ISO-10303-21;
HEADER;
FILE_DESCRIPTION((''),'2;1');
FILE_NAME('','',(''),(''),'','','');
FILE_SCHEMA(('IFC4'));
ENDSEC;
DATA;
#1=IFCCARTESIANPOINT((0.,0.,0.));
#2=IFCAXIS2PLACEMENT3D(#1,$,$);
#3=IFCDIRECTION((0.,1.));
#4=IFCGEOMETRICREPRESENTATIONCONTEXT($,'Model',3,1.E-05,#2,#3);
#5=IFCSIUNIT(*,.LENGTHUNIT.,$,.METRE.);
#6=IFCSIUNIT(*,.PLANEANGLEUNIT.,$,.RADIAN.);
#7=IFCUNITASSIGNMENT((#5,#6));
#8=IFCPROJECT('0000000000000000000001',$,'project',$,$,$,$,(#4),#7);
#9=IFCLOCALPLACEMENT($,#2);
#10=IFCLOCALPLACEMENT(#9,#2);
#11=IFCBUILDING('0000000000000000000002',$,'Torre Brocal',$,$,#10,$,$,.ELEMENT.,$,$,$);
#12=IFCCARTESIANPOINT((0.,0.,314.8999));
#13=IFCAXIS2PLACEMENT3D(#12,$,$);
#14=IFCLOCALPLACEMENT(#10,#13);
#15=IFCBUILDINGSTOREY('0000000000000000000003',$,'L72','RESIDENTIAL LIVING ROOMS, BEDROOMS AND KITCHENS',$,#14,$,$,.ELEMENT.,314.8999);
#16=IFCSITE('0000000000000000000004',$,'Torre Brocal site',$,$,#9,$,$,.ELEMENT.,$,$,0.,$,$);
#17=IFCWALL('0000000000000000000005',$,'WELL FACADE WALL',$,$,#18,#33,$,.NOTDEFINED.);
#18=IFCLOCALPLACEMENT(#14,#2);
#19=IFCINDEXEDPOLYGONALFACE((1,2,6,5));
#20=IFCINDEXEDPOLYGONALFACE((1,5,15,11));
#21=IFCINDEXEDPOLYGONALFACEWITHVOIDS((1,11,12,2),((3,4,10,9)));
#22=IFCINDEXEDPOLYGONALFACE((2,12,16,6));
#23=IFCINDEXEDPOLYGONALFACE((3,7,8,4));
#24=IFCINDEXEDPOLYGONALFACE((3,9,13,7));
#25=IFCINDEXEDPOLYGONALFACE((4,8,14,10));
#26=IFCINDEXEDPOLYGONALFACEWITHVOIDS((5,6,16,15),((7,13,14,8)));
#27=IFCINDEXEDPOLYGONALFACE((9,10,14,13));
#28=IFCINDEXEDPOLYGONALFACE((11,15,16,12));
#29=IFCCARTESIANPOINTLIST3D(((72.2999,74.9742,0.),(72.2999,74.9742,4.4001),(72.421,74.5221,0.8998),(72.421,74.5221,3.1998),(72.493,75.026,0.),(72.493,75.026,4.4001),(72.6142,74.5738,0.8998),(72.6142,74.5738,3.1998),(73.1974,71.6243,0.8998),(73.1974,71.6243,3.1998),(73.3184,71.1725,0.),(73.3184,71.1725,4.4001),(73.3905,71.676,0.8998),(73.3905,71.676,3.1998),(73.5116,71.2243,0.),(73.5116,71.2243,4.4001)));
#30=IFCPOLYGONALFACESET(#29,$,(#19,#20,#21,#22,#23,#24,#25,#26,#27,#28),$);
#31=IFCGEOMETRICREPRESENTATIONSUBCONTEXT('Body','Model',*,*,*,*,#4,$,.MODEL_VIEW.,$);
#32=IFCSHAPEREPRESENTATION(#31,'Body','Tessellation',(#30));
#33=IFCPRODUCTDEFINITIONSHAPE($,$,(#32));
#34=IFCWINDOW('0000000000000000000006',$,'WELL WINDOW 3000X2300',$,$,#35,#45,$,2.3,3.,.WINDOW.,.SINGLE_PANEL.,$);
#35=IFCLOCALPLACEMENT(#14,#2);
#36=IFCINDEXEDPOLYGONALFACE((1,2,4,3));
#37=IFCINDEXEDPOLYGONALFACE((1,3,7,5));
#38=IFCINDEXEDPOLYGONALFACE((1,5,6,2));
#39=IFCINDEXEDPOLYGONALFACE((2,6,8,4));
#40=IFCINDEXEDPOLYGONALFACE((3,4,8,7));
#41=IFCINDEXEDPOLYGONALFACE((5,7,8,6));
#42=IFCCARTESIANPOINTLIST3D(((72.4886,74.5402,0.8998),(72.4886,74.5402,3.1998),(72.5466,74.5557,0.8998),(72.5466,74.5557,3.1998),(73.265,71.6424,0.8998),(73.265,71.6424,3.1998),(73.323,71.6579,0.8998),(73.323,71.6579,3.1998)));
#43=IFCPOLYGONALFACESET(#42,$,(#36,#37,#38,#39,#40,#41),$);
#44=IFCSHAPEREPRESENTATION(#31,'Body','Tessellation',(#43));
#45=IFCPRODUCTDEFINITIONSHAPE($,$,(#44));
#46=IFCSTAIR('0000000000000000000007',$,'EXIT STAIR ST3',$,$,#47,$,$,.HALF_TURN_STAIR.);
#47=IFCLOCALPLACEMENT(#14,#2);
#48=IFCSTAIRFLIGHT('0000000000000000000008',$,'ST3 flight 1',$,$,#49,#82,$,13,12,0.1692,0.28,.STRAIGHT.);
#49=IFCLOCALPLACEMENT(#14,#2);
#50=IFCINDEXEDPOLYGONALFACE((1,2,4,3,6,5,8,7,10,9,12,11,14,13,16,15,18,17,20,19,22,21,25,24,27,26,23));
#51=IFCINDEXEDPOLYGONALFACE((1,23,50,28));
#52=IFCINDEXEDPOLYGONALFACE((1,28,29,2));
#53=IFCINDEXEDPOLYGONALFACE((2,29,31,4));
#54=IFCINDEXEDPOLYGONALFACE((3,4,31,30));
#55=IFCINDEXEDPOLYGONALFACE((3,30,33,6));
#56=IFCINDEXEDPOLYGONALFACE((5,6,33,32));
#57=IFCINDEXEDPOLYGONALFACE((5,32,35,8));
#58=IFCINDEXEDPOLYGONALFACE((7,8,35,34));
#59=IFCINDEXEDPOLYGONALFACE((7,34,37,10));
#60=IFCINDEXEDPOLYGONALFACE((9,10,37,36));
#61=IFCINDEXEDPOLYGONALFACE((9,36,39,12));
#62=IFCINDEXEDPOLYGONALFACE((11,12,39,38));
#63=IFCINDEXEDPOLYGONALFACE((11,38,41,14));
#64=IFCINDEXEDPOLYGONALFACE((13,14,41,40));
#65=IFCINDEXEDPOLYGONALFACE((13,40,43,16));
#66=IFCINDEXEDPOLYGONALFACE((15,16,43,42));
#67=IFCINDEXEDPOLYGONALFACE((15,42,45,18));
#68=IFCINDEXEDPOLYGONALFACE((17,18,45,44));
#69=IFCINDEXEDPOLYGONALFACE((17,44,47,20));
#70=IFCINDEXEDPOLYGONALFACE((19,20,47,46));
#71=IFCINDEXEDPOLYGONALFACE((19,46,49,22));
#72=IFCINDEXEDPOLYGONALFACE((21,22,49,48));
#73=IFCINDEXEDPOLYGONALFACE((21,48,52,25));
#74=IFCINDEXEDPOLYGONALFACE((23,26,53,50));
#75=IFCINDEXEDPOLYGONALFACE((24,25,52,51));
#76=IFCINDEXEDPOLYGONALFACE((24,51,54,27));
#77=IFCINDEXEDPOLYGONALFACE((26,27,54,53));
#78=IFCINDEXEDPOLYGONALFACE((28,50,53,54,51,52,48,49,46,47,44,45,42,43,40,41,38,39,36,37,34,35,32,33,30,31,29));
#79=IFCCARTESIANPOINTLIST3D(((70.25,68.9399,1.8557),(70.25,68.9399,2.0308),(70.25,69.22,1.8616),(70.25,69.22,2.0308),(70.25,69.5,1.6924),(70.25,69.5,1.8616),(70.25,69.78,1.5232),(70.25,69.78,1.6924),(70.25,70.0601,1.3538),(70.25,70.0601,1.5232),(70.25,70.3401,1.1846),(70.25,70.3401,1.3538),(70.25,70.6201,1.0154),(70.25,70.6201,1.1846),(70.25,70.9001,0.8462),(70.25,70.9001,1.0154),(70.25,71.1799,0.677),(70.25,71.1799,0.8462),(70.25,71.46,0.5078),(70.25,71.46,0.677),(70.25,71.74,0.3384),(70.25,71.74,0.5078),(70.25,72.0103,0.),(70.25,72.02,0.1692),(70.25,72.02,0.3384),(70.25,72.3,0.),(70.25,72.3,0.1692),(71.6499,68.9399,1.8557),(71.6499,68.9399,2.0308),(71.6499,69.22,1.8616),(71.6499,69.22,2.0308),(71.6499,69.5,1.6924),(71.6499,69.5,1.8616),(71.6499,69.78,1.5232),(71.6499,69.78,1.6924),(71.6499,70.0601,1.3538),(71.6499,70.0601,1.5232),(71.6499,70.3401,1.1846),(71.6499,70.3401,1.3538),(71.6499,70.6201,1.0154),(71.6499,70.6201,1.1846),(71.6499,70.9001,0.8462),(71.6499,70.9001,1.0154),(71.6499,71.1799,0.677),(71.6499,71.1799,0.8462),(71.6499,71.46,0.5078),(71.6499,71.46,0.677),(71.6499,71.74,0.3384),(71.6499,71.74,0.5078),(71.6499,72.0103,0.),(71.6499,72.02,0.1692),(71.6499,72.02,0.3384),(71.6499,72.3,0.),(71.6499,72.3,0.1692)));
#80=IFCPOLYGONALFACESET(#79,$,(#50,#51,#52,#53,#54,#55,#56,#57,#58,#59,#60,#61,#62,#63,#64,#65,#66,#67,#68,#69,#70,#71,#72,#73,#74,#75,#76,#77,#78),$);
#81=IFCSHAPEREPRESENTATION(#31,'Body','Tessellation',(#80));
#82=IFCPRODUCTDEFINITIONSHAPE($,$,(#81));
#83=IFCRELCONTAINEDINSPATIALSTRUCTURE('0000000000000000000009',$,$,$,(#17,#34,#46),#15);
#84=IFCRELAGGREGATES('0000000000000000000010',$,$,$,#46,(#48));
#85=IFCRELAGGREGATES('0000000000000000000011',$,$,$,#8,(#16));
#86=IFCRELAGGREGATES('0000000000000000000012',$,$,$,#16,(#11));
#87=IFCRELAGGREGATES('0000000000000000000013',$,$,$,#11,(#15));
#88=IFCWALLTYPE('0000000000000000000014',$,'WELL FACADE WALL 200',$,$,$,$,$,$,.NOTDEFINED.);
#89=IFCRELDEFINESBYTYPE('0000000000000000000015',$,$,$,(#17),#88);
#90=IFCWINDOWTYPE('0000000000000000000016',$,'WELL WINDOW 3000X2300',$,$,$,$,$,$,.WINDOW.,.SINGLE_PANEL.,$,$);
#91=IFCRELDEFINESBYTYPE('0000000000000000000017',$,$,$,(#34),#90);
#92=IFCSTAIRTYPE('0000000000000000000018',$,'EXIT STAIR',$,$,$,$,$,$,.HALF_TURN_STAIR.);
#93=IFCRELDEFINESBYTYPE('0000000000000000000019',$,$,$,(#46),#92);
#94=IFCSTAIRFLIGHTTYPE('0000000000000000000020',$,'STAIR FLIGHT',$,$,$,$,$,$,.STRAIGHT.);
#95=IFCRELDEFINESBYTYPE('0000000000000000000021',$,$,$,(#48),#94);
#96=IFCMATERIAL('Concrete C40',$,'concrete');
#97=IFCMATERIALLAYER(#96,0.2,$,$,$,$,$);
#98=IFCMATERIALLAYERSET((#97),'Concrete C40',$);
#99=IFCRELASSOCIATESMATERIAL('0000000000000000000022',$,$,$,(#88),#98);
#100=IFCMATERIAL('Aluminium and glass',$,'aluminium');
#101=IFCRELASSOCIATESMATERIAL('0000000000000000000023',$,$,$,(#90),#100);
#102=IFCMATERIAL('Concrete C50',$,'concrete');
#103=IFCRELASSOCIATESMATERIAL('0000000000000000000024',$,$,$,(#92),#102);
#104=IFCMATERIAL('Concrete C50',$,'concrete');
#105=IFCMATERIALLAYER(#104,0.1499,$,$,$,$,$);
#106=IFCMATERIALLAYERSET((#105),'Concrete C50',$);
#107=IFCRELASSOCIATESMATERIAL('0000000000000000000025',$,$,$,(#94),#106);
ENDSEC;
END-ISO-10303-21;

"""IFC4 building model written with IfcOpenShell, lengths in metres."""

from ifc_helpers import new_model, si_unit, direction, frame, frame_2d, origin, place, context, subcontext, project, spatial, polyline, rectangle, outline, extrude, material, layer, layer_set, type_object, element, fill, aggregate, save


model = new_model("IFC4")

# Units and contexts
model_context = context("Model", 3, precision=1e-05, world=origin(), true_north=direction((0.0, 1.0)))
body_context = subcontext(model_context, "Body", "Model", "MODEL_VIEW")
ifc_project = project(units=[si_unit("LENGTHUNIT", "METRE"), si_unit("PLANEANGLEUNIT", "RADIAN")], contexts=[model_context])

# Site, building, storey
site_placement = place(None, origin())
site = spatial("IfcSite", under=ifc_project, at=site_placement, Name="Torre Brocal site", CompositionType="ELEMENT", RefElevation=0.0)
building_placement = place(site_placement, origin())
building = spatial("IfcBuilding", under=site, at=building_placement, Name="Torre Brocal", CompositionType="ELEMENT")
storey_placement = place(building_placement, frame((0.0, 0.0, 314.8999)))
storey = spatial("IfcBuildingStorey", under=building, at=storey_placement, Name="L72", Description="RESIDENTIAL LIVING ROOMS, BEDROOMS AND KITCHENS", CompositionType="ELEMENT", Elevation=314.8999)

# Wall, opening, window
ifc_material_1 = material(Name="Concrete C40", Category="concrete")
ifc_layer_1 = layer(ifc_material_1, 0.2)
ifc_layer_set_1 = layer_set([ifc_layer_1], Name="Concrete C40")
wall_type_1 = type_object("IfcWallType", Name="WELL FACADE WALL 200", PredefinedType="NOTDEFINED", material=ifc_layer_set_1)
wall_1_placement = place(storey_placement, frame((72.3965, 75.0, 0.0), z_axis=(0.0, 0.0, 1.0), x_axis=(0.25879, -0.965934, 0.0)))
wall_1 = element("IfcWall", 1, at=wall_1_placement, inside=storey, type_object=wall_type_1, Name="WELL FACADE WALL", PredefinedType="NOTDEFINED", context=body_context, shape_type="SweptSolid", body=[
    extrude(rectangle(XDim=3.9358, YDim=0.2, at=frame_2d((1.9678, 0.0))), origin(), (0.0, 0.0, 1.0), 4.4001),
])
opening_1_placement = place(wall_1_placement, frame((0.468, 0.0, 0.8999)))
opening_1 = element("IfcOpeningElement", 2, at=opening_1_placement, cuts=wall_1, PredefinedType="OPENING", context=body_context, shape_type="SweptSolid", body=[
    extrude(rectangle(XDim=3.0, YDim=2.3, at=frame_2d((1.5, 1.1499))), frame((0.0, 0.1099, 0.0), z_axis=(0.0, -1.0, 0.0), x_axis=(1.0, 0.0, 0.0)), (0.0, 0.0, 1.0), 0.22),
])
ifc_material_2 = material(Name="Aluminium and glass", Category="aluminium")
window_type = type_object("IfcWindowType", Name="WELL WINDOW 3000X2300", PartitioningType="SINGLE_PANEL", PredefinedType="WINDOW", material=ifc_material_2)
window_placement = place(opening_1_placement, origin())
window = element("IfcWindow", 3, at=window_placement, inside=storey, type_object=window_type, Name="WELL WINDOW 3000X2300", OverallHeight=2.3, OverallWidth=3.0, PartitioningType="SINGLE_PANEL", PredefinedType="WINDOW", context=body_context, shape_type="SweptSolid", body=[
    extrude(rectangle(XDim=3.0, YDim=2.3, at=frame_2d((1.5, 1.1499))), frame((0.0, 0.03, 0.0), z_axis=(0.0, -1.0, 0.0), x_axis=(1.0, 0.0, 0.0)), (0.0, 0.0, 1.0), 0.0601),
])
fill(opening_1, window)

# Stair, stair flight
ifc_material_3 = material(Name="Concrete C50", Category="concrete")
stair_type = type_object("IfcStairType", Name="EXIT STAIR", PredefinedType="HALF_TURN_STAIR", material=ifc_material_3)
stair_placement = place(storey_placement, origin())
stair = element("IfcStair", 4, at=stair_placement, inside=storey, type_object=stair_type, Name="EXIT STAIR ST3", PredefinedType="HALF_TURN_STAIR")
ifc_material_4 = material(Name="Concrete C50", Category="concrete")
ifc_layer_2 = layer(ifc_material_4, 0.1499)
ifc_layer_set_2 = layer_set([ifc_layer_2], Name="Concrete C50")
stair_flight_type = type_object("IfcStairFlightType", Name="STAIR FLIGHT", PredefinedType="STRAIGHT", material=ifc_layer_set_2)
stair_flight_placement = place(storey_placement, frame((70.95, 72.3, 0.0), z_axis=(0.0, 0.0, 1.0), x_axis=(0.0, -1.0, 0.0)))
stair_flight = element("IfcStairFlight", 5, at=stair_flight_placement, type_object=stair_flight_type, Name="ST3 flight 1", NumberOfRisers=13, NumberOfTreads=12, PredefinedType="STRAIGHT", RiserHeight=0.1692, TreadLength=0.28, context=body_context, shape_type="SweptSolid", body=[
    extrude(outline(polyline([(0.0, 0.0), (0.0, 0.1692), (0.28, 0.1692), (0.28, 0.3384), (0.5601, 0.3384), (0.5601, 0.5078), (0.8401, 0.5078), (0.8401, 0.677), (1.1201, 0.677), (1.1201, 0.8462), (1.3999, 0.8462), (1.3999, 1.0154), (1.6799, 1.0154), (1.6799, 1.1846), (1.96, 1.1846), (1.96, 1.3538), (2.24, 1.3538), (2.24, 1.5232), (2.52, 1.5232), (2.52, 1.6924), (2.8, 1.6924), (2.8, 1.8616), (3.0801, 1.8616), (3.0801, 2.0308), (3.3601, 2.0308), (3.3601, 2.2), (3.3601, 1.8557), (0.2898, 0.0), (0.0, 0.0)])), frame((0.0, 0.7, 0.0), z_axis=(0.0, -1.0, 0.0), x_axis=(1.0, 0.0, 0.0)), (0.0, 0.0, 1.0), 1.3999),
])
aggregate(stair, [stair_flight])

save(model, "model.ifc")
